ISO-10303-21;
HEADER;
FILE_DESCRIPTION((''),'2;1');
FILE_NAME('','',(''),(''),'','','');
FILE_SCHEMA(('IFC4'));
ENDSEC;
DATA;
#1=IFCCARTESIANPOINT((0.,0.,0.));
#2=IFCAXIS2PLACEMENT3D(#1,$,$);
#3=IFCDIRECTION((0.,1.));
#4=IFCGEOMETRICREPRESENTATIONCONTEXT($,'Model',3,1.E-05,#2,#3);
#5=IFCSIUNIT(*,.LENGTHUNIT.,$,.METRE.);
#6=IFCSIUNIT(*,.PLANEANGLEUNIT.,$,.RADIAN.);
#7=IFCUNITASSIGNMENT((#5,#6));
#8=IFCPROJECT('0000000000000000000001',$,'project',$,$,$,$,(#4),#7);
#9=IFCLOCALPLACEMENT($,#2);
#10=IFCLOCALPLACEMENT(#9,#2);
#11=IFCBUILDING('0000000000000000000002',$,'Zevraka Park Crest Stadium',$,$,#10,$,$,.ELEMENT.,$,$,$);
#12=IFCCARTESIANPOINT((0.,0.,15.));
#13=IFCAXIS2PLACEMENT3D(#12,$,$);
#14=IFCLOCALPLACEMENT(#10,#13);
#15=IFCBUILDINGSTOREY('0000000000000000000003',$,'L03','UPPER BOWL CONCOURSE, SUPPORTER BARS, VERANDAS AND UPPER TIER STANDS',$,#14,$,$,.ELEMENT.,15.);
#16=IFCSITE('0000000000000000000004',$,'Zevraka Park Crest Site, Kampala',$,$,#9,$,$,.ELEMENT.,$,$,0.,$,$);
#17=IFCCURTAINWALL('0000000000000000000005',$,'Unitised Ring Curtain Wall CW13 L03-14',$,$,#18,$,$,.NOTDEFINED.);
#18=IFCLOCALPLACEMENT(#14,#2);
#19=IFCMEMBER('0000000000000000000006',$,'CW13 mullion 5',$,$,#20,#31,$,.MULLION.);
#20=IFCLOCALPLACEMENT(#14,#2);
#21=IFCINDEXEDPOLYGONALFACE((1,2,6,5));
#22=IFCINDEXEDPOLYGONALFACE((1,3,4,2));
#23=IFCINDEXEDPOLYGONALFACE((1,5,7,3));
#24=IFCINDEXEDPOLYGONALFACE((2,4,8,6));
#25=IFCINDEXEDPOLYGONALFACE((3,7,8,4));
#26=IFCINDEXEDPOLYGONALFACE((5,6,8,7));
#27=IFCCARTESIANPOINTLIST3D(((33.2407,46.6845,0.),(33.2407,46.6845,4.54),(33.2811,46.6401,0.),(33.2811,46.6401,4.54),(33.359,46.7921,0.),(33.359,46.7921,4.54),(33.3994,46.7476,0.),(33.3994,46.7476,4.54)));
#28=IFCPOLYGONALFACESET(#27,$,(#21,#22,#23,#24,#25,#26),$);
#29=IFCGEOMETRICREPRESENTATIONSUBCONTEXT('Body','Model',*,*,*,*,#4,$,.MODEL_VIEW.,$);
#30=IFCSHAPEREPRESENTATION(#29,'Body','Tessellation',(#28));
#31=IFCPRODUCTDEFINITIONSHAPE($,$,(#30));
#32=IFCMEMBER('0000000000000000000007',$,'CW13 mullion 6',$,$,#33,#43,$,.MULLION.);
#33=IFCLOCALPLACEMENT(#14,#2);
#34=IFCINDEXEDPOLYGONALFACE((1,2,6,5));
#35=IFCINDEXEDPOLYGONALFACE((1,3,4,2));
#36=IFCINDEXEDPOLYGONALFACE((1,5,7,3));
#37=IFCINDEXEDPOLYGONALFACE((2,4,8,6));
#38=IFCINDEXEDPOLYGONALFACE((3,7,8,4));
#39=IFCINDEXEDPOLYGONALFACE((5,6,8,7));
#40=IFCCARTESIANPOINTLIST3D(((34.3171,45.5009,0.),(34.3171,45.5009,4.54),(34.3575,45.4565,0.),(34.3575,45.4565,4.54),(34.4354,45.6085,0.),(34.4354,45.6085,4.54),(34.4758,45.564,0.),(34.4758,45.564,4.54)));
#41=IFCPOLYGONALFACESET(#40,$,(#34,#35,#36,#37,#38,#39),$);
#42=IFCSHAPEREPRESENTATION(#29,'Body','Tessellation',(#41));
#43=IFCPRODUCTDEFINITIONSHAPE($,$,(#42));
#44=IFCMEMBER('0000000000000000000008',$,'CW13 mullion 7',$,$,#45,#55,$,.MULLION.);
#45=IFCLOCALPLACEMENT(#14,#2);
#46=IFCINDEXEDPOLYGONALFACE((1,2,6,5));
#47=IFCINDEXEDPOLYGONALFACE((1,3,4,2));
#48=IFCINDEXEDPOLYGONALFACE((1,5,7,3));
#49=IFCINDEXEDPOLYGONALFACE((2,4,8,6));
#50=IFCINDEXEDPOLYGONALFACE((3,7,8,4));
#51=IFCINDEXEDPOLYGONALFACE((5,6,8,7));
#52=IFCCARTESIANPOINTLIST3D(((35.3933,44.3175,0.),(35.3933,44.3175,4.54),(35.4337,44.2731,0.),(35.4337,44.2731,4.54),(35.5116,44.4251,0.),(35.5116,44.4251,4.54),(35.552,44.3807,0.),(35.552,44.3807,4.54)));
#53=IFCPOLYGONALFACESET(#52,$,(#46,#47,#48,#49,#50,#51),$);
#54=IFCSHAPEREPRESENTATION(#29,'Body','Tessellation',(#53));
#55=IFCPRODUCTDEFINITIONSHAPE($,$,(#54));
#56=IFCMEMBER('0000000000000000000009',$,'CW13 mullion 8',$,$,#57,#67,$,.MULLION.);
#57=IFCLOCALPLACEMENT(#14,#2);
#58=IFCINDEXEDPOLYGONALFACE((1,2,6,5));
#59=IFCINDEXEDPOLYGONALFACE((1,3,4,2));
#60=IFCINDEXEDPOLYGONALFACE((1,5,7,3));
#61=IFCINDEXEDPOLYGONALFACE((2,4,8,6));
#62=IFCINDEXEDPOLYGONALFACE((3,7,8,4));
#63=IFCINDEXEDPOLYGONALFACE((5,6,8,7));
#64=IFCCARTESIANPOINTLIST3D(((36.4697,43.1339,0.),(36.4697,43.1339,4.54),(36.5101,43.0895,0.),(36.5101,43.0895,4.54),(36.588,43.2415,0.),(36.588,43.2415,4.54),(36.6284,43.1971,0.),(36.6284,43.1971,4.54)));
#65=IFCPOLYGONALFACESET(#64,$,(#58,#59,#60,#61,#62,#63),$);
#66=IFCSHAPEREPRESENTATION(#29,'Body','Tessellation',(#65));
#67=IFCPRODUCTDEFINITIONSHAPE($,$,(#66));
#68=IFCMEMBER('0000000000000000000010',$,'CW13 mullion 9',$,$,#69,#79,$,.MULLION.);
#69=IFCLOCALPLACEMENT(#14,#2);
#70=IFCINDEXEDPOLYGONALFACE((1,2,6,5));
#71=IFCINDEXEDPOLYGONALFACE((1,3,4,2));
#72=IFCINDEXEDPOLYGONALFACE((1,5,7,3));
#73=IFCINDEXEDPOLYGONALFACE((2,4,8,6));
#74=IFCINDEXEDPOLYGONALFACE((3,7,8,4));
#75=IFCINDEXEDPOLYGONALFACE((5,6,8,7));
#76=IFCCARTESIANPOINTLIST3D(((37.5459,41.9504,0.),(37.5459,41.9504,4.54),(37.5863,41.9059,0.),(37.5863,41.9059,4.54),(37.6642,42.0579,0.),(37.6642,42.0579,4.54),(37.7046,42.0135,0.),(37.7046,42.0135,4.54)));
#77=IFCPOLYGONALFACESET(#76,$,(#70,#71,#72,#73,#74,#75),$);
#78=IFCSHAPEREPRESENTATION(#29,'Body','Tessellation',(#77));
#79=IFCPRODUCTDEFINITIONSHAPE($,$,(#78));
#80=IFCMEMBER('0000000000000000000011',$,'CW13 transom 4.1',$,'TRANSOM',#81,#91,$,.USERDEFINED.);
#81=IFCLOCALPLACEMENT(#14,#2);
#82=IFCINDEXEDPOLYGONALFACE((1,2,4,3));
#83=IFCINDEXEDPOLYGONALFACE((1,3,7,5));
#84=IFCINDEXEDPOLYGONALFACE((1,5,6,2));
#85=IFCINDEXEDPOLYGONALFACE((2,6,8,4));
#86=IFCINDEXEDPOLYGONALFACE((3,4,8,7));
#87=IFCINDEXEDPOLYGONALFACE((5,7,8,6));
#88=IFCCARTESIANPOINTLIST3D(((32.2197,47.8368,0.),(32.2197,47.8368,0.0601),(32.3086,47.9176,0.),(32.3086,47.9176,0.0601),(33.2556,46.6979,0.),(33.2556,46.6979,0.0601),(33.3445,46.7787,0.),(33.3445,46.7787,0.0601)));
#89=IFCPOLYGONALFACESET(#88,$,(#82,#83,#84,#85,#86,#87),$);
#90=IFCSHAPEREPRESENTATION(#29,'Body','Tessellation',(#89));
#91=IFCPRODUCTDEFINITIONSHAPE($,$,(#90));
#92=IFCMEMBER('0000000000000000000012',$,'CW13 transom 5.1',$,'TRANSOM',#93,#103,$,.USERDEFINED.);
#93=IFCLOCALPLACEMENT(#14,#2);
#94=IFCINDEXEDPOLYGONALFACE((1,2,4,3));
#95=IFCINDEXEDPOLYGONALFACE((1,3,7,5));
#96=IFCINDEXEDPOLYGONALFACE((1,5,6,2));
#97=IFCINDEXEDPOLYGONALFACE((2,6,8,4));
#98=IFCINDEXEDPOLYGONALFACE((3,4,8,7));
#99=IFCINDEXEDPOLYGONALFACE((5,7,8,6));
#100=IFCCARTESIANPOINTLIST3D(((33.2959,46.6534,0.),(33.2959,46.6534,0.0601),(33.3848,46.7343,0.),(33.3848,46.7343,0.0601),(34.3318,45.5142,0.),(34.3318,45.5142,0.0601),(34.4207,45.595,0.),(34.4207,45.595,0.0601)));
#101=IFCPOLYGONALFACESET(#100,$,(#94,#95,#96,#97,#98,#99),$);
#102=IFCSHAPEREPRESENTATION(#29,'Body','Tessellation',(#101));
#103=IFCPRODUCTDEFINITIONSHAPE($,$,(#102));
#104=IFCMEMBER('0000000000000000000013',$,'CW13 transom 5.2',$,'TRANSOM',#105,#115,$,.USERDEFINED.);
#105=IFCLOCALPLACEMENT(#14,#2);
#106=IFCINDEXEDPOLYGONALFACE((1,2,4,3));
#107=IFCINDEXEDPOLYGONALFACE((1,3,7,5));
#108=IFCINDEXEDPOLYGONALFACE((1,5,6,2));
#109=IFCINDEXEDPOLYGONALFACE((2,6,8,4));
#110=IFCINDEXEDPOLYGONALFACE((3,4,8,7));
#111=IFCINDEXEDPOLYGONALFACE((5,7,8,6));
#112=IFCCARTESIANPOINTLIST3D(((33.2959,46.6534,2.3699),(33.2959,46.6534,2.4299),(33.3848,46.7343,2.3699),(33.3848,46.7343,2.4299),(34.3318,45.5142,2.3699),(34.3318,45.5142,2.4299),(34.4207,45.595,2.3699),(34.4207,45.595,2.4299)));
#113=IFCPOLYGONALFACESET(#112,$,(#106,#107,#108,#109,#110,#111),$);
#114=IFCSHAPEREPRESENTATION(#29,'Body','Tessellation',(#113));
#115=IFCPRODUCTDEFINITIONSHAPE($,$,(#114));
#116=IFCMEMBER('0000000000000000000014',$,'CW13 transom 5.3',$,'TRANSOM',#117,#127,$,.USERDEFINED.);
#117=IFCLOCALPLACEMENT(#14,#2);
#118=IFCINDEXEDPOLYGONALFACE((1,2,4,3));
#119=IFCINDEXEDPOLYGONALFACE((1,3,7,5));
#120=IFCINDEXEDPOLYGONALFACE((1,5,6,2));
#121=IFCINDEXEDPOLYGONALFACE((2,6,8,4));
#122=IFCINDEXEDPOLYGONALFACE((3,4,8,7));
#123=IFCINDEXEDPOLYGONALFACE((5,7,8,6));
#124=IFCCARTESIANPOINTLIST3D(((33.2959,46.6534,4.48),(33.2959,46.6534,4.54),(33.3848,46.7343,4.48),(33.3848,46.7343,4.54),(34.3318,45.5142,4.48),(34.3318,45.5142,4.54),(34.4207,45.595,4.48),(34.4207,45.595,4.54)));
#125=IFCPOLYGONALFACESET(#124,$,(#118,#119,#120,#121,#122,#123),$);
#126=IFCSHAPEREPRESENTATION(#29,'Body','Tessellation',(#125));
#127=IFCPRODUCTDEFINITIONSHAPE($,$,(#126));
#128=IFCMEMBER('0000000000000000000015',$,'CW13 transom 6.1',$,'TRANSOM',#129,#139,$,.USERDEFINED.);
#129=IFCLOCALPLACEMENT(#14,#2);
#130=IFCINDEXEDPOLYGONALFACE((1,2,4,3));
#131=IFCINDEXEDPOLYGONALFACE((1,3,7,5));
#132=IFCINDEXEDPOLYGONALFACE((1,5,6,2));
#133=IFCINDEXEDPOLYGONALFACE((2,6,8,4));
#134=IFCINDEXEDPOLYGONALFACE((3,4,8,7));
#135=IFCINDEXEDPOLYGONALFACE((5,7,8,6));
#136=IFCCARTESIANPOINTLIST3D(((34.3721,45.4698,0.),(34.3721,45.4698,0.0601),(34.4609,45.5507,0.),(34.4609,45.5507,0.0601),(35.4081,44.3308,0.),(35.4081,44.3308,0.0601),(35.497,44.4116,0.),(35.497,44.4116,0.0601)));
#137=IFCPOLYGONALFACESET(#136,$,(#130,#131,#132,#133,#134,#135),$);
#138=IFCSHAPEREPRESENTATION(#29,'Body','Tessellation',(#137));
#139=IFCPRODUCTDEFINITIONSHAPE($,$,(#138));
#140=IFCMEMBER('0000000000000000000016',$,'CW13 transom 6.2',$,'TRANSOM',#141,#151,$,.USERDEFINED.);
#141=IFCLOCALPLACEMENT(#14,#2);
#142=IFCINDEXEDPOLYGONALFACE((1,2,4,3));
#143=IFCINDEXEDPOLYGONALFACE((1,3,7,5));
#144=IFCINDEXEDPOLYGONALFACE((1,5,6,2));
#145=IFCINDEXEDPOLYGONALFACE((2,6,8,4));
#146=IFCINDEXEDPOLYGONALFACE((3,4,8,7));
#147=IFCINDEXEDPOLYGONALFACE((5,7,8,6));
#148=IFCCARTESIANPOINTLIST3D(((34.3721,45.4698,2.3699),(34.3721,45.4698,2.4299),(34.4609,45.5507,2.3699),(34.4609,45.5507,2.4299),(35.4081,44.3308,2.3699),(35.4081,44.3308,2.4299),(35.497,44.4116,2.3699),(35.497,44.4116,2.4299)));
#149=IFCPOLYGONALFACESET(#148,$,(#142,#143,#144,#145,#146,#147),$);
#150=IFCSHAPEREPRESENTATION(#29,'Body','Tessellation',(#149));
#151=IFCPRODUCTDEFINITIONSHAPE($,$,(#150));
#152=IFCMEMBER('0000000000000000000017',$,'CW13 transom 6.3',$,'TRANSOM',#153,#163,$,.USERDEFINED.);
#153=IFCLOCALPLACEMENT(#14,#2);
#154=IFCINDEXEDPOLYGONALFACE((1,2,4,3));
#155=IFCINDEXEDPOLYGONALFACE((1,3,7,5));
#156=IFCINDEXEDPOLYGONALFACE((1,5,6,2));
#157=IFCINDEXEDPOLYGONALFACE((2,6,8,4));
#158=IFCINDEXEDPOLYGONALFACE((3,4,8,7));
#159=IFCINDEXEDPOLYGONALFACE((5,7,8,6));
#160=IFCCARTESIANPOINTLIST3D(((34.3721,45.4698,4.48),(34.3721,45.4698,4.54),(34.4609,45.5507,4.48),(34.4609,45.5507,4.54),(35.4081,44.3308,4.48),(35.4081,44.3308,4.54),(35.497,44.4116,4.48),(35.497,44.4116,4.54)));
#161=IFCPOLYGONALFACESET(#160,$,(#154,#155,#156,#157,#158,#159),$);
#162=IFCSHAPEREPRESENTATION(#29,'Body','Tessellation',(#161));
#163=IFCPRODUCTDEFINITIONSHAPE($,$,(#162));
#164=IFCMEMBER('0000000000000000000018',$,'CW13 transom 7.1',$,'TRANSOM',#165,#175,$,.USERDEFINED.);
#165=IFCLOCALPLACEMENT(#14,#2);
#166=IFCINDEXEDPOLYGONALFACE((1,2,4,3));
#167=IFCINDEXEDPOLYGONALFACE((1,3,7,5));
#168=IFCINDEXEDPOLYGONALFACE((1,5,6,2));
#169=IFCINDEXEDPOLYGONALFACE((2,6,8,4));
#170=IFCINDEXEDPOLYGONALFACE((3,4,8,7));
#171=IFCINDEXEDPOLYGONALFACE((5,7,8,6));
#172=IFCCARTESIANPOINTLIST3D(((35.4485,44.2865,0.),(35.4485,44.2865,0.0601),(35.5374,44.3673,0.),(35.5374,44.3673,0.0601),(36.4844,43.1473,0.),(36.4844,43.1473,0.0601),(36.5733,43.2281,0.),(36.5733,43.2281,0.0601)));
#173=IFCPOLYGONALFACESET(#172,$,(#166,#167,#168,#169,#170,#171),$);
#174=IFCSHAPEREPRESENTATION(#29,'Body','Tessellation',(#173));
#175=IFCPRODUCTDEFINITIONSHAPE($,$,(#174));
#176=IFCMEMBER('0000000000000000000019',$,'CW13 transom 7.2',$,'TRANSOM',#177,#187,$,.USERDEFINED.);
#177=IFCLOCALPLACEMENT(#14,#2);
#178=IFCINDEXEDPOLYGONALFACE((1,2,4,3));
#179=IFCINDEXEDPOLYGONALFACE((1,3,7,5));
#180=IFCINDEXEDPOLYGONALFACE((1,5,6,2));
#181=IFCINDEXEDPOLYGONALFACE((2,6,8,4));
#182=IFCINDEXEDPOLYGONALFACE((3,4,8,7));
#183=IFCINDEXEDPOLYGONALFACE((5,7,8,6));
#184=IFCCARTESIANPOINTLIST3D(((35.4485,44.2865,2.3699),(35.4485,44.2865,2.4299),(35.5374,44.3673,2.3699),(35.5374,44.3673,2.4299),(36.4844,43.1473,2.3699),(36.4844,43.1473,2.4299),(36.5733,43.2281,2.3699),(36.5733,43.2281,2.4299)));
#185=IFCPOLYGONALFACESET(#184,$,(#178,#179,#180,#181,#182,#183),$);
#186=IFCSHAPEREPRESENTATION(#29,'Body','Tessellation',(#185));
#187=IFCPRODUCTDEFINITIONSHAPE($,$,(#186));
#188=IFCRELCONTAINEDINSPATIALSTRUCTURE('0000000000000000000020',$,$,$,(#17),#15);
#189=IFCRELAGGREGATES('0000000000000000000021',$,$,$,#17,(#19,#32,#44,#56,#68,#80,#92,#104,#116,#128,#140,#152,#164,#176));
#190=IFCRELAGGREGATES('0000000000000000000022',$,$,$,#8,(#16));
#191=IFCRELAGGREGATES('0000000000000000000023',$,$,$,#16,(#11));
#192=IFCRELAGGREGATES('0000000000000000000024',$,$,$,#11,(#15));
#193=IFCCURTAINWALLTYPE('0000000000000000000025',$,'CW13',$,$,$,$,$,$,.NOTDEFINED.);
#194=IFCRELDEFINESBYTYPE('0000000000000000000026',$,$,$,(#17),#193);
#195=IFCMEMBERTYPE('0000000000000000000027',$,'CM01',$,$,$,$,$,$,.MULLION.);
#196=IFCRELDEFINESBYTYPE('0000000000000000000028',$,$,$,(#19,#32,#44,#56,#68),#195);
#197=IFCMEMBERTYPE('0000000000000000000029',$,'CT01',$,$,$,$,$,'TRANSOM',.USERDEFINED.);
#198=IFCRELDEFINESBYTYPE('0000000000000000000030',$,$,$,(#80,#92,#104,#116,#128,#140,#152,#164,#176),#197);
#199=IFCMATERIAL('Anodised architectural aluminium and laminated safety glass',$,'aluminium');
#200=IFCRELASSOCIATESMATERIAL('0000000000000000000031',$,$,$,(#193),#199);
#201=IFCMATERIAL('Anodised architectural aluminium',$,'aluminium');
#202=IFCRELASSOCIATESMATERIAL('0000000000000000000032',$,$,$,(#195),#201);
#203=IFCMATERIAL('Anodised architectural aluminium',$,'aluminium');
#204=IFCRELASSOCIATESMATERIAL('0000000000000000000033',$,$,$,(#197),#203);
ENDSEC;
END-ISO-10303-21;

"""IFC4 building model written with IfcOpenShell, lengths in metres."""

from ifc_helpers import new_model, si_unit, direction, frame, origin, origin_2d, place, context, subcontext, project, spatial, rectangle, extrude, material, material_profile, profile_set, type_object, element, aggregate, save


model = new_model("IFC4")

# Units and contexts
model_context = context("Model", 3, precision=1e-05, world=origin(), true_north=direction((0.0, 1.0)))
body_context = subcontext(model_context, "Body", "Model", "MODEL_VIEW")
ifc_project = project(units=[si_unit("LENGTHUNIT", "METRE"), si_unit("PLANEANGLEUNIT", "RADIAN")], contexts=[model_context])

# Site, building, storey
site_placement = place(None, origin())
site = spatial("IfcSite", under=ifc_project, at=site_placement, Name="Zevraka Park Crest Site, Kampala", CompositionType="ELEMENT", RefElevation=0.0)
building_placement = place(site_placement, origin())
building = spatial("IfcBuilding", under=site, at=building_placement, Name="Zevraka Park Crest Stadium", CompositionType="ELEMENT")
storey_placement = place(building_placement, frame((0.0, 0.0, 15.0)))
storey = spatial("IfcBuildingStorey", under=building, at=storey_placement, Name="L03", Description="UPPER BOWL CONCOURSE, SUPPORTER BARS, VERANDAS AND UPPER TIER STANDS", CompositionType="ELEMENT", Elevation=15.0)

# Curtain wall, members
ifc_material_1 = material(Name="Anodised architectural aluminium and laminated safety glass", Category="aluminium")
curtain_wall_type = type_object("IfcCurtainWallType", Name="CW13", PredefinedType="NOTDEFINED", material=ifc_material_1)
curtain_wall_placement = place(storey_placement, origin())
curtain_wall = element("IfcCurtainWall", 1, at=curtain_wall_placement, inside=storey, type_object=curtain_wall_type, Name="Unitised Ring Curtain Wall CW13 L03-14", PredefinedType="NOTDEFINED")
ifc_material_2 = material(Name="Anodised architectural aluminium", Category="aluminium")
ifc_material_profile_1 = material_profile(ifc_material_2, rectangle(XDim=0.1599, YDim=0.0601, at=origin_2d()), Name="ALU MULLION 160x60")
ifc_profile_set_1 = profile_set([ifc_material_profile_1], Name="Anodised architectural aluminium")
member_type_1 = type_object("IfcMemberType", Name="CM01", PredefinedType="MULLION", material=ifc_profile_set_1)
member_1_placement = place(storey_placement, frame((33.3201, 46.7161, 0.0), z_axis=(0.0, 0.0, 1.0), x_axis=(0.739823, 0.672802, 0.0)))
member_1 = element("IfcMember", 2, at=member_1_placement, type_object=member_type_1, Name="CW13 mullion 5", PredefinedType="MULLION", context=body_context, shape_type="SweptSolid", body=[
    extrude(rectangle(XDim=0.1599, YDim=0.0601, at=origin_2d()), origin(), (0.0, 0.0, 1.0), 4.54),
])
member_2_placement = place(storey_placement, frame((34.3965, 45.5325, 0.0), z_axis=(0.0, 0.0, 1.0), x_axis=(0.739823, 0.672802, 0.0)))
member_2 = element("IfcMember", 3, at=member_2_placement, type_object=member_type_1, Name="CW13 mullion 6", PredefinedType="MULLION", context=body_context, shape_type="SweptSolid", body=[
    extrude(rectangle(XDim=0.1599, YDim=0.0601, at=origin_2d()), origin(), (0.0, 0.0, 1.0), 4.54),
])
member_3_placement = place(storey_placement, frame((35.4727, 44.3491, 0.0), z_axis=(0.0, 0.0, 1.0), x_axis=(0.739823, 0.672802, 0.0)))
member_3 = element("IfcMember", 4, at=member_3_placement, type_object=member_type_1, Name="CW13 mullion 7", PredefinedType="MULLION", context=body_context, shape_type="SweptSolid", body=[
    extrude(rectangle(XDim=0.1599, YDim=0.0601, at=origin_2d()), origin(), (0.0, 0.0, 1.0), 4.54),
])
member_4_placement = place(storey_placement, frame((36.5491, 43.1655, 0.0), z_axis=(0.0, 0.0, 1.0), x_axis=(0.739823, 0.672802, 0.0)))
member_4 = element("IfcMember", 5, at=member_4_placement, type_object=member_type_1, Name="CW13 mullion 8", PredefinedType="MULLION", context=body_context, shape_type="SweptSolid", body=[
    extrude(rectangle(XDim=0.1599, YDim=0.0601, at=origin_2d()), origin(), (0.0, 0.0, 1.0), 4.54),
])
member_5_placement = place(storey_placement, frame((37.6252, 41.9819, 0.0), z_axis=(0.0, 0.0, 1.0), x_axis=(0.739823, 0.672802, 0.0)))
member_5 = element("IfcMember", 6, at=member_5_placement, type_object=member_type_1, Name="CW13 mullion 9", PredefinedType="MULLION", context=body_context, shape_type="SweptSolid", body=[
    extrude(rectangle(XDim=0.1599, YDim=0.0601, at=origin_2d()), origin(), (0.0, 0.0, 1.0), 4.54),
])
ifc_material_3 = material(Name="Anodised architectural aluminium", Category="aluminium")
ifc_material_profile_2 = material_profile(ifc_material_3, rectangle(XDim=0.1201, YDim=0.0601, at=origin_2d()), Name="ALU TRANSOM 120x60")
ifc_profile_set_2 = profile_set([ifc_material_profile_2], Name="Anodised architectural aluminium")
member_type_2 = type_object("IfcMemberType", Name="CT01", ElementType="TRANSOM", PredefinedType="USERDEFINED", material=ifc_profile_set_2)
member_6_placement = place(storey_placement, frame((32.2642, 47.8772, 0.03), z_axis=(0.672854, -0.739775, 0.0), x_axis=(0.739775, 0.672854, 0.0)))
member_6 = element("IfcMember", 7, at=member_6_placement, type_object=member_type_2, Name="CW13 transom 4.1", ObjectType="TRANSOM", PredefinedType="USERDEFINED", context=body_context, shape_type="SweptSolid", body=[
    extrude(rectangle(XDim=0.1201, YDim=0.0601, at=origin_2d()), origin(), (0.0, 0.0, 1.0), 1.5396),
])
member_7_placement = place(storey_placement, frame((33.3403, 46.6938, 0.03), z_axis=(0.672775, -0.739847, 0.0), x_axis=(0.739847, 0.672775, 0.0)))
member_7 = element("IfcMember", 8, at=member_7_placement, type_object=member_type_2, Name="CW13 transom 5.1", ObjectType="TRANSOM", PredefinedType="USERDEFINED", context=body_context, shape_type="SweptSolid", body=[
    extrude(rectangle(XDim=0.1201, YDim=0.0601, at=origin_2d()), origin(), (0.0, 0.0, 1.0), 1.5398),
])
member_8_placement = place(storey_placement, frame((33.3403, 46.6938, 2.3999), z_axis=(0.672775, -0.739847, 0.0), x_axis=(0.739847, 0.672775, 0.0)))
member_8 = element("IfcMember", 9, at=member_8_placement, type_object=member_type_2, Name="CW13 transom 5.2", ObjectType="TRANSOM", PredefinedType="USERDEFINED", context=body_context, shape_type="SweptSolid", body=[
    extrude(rectangle(XDim=0.1201, YDim=0.0601, at=origin_2d()), origin(), (0.0, 0.0, 1.0), 1.5398),
])
member_9_placement = place(storey_placement, frame((33.3403, 46.6938, 4.51), z_axis=(0.672775, -0.739847, 0.0), x_axis=(0.739847, 0.672775, 0.0)))
member_9 = element("IfcMember", 10, at=member_9_placement, type_object=member_type_2, Name="CW13 transom 5.3", ObjectType="TRANSOM", PredefinedType="USERDEFINED", context=body_context, shape_type="SweptSolid", body=[
    extrude(rectangle(XDim=0.1201, YDim=0.0601, at=origin_2d()), origin(), (0.0, 0.0, 1.0), 1.5398),
])
member_10_placement = place(storey_placement, frame((34.4165, 45.5103, 0.03), z_axis=(0.672862, -0.739768, 0.0), x_axis=(0.739768, 0.672862, 0.0)))
member_10 = element("IfcMember", 11, at=member_10_placement, type_object=member_type_2, Name="CW13 transom 6.1", ObjectType="TRANSOM", PredefinedType="USERDEFINED", context=body_context, shape_type="SweptSolid", body=[
    extrude(rectangle(XDim=0.1201, YDim=0.0601, at=origin_2d()), origin(), (0.0, 0.0, 1.0), 1.5398),
])
member_11_placement = place(storey_placement, frame((34.4165, 45.5103, 2.3999), z_axis=(0.672862, -0.739768, 0.0), x_axis=(0.739768, 0.672862, 0.0)))
member_11 = element("IfcMember", 12, at=member_11_placement, type_object=member_type_2, Name="CW13 transom 6.2", ObjectType="TRANSOM", PredefinedType="USERDEFINED", context=body_context, shape_type="SweptSolid", body=[
    extrude(rectangle(XDim=0.1201, YDim=0.0601, at=origin_2d()), origin(), (0.0, 0.0, 1.0), 1.5398),
])
member_12_placement = place(storey_placement, frame((34.4165, 45.5103, 4.51), z_axis=(0.672862, -0.739768, 0.0), x_axis=(0.739768, 0.672862, 0.0)))
member_12 = element("IfcMember", 13, at=member_12_placement, type_object=member_type_2, Name="CW13 transom 6.3", ObjectType="TRANSOM", PredefinedType="USERDEFINED", context=body_context, shape_type="SweptSolid", body=[
    extrude(rectangle(XDim=0.1201, YDim=0.0601, at=origin_2d()), origin(), (0.0, 0.0, 1.0), 1.5398),
])
member_13_placement = place(storey_placement, frame((35.4929, 44.3269, 0.03), z_axis=(0.672775, -0.739847, 0.0), x_axis=(0.739847, 0.672775, 0.0)))
member_13 = element("IfcMember", 14, at=member_13_placement, type_object=member_type_2, Name="CW13 transom 7.1", ObjectType="TRANSOM", PredefinedType="USERDEFINED", context=body_context, shape_type="SweptSolid", body=[
    extrude(rectangle(XDim=0.1201, YDim=0.0601, at=origin_2d()), origin(), (0.0, 0.0, 1.0), 1.5398),
])
member_14_placement = place(storey_placement, frame((35.4929, 44.3269, 2.3999), z_axis=(0.672775, -0.739847, 0.0), x_axis=(0.739847, 0.672775, 0.0)))
member_14 = element("IfcMember", 15, at=member_14_placement, type_object=member_type_2, Name="CW13 transom 7.2", ObjectType="TRANSOM", PredefinedType="USERDEFINED", context=body_context, shape_type="SweptSolid", body=[
    extrude(rectangle(XDim=0.1201, YDim=0.0601, at=origin_2d()), origin(), (0.0, 0.0, 1.0), 1.5398),
])
aggregate(curtain_wall, [member_1, member_2, member_3, member_4, member_5, member_6, member_7, member_8, member_9, member_10, member_11, member_12, member_13, member_14])

save(model, "model.ifc")
